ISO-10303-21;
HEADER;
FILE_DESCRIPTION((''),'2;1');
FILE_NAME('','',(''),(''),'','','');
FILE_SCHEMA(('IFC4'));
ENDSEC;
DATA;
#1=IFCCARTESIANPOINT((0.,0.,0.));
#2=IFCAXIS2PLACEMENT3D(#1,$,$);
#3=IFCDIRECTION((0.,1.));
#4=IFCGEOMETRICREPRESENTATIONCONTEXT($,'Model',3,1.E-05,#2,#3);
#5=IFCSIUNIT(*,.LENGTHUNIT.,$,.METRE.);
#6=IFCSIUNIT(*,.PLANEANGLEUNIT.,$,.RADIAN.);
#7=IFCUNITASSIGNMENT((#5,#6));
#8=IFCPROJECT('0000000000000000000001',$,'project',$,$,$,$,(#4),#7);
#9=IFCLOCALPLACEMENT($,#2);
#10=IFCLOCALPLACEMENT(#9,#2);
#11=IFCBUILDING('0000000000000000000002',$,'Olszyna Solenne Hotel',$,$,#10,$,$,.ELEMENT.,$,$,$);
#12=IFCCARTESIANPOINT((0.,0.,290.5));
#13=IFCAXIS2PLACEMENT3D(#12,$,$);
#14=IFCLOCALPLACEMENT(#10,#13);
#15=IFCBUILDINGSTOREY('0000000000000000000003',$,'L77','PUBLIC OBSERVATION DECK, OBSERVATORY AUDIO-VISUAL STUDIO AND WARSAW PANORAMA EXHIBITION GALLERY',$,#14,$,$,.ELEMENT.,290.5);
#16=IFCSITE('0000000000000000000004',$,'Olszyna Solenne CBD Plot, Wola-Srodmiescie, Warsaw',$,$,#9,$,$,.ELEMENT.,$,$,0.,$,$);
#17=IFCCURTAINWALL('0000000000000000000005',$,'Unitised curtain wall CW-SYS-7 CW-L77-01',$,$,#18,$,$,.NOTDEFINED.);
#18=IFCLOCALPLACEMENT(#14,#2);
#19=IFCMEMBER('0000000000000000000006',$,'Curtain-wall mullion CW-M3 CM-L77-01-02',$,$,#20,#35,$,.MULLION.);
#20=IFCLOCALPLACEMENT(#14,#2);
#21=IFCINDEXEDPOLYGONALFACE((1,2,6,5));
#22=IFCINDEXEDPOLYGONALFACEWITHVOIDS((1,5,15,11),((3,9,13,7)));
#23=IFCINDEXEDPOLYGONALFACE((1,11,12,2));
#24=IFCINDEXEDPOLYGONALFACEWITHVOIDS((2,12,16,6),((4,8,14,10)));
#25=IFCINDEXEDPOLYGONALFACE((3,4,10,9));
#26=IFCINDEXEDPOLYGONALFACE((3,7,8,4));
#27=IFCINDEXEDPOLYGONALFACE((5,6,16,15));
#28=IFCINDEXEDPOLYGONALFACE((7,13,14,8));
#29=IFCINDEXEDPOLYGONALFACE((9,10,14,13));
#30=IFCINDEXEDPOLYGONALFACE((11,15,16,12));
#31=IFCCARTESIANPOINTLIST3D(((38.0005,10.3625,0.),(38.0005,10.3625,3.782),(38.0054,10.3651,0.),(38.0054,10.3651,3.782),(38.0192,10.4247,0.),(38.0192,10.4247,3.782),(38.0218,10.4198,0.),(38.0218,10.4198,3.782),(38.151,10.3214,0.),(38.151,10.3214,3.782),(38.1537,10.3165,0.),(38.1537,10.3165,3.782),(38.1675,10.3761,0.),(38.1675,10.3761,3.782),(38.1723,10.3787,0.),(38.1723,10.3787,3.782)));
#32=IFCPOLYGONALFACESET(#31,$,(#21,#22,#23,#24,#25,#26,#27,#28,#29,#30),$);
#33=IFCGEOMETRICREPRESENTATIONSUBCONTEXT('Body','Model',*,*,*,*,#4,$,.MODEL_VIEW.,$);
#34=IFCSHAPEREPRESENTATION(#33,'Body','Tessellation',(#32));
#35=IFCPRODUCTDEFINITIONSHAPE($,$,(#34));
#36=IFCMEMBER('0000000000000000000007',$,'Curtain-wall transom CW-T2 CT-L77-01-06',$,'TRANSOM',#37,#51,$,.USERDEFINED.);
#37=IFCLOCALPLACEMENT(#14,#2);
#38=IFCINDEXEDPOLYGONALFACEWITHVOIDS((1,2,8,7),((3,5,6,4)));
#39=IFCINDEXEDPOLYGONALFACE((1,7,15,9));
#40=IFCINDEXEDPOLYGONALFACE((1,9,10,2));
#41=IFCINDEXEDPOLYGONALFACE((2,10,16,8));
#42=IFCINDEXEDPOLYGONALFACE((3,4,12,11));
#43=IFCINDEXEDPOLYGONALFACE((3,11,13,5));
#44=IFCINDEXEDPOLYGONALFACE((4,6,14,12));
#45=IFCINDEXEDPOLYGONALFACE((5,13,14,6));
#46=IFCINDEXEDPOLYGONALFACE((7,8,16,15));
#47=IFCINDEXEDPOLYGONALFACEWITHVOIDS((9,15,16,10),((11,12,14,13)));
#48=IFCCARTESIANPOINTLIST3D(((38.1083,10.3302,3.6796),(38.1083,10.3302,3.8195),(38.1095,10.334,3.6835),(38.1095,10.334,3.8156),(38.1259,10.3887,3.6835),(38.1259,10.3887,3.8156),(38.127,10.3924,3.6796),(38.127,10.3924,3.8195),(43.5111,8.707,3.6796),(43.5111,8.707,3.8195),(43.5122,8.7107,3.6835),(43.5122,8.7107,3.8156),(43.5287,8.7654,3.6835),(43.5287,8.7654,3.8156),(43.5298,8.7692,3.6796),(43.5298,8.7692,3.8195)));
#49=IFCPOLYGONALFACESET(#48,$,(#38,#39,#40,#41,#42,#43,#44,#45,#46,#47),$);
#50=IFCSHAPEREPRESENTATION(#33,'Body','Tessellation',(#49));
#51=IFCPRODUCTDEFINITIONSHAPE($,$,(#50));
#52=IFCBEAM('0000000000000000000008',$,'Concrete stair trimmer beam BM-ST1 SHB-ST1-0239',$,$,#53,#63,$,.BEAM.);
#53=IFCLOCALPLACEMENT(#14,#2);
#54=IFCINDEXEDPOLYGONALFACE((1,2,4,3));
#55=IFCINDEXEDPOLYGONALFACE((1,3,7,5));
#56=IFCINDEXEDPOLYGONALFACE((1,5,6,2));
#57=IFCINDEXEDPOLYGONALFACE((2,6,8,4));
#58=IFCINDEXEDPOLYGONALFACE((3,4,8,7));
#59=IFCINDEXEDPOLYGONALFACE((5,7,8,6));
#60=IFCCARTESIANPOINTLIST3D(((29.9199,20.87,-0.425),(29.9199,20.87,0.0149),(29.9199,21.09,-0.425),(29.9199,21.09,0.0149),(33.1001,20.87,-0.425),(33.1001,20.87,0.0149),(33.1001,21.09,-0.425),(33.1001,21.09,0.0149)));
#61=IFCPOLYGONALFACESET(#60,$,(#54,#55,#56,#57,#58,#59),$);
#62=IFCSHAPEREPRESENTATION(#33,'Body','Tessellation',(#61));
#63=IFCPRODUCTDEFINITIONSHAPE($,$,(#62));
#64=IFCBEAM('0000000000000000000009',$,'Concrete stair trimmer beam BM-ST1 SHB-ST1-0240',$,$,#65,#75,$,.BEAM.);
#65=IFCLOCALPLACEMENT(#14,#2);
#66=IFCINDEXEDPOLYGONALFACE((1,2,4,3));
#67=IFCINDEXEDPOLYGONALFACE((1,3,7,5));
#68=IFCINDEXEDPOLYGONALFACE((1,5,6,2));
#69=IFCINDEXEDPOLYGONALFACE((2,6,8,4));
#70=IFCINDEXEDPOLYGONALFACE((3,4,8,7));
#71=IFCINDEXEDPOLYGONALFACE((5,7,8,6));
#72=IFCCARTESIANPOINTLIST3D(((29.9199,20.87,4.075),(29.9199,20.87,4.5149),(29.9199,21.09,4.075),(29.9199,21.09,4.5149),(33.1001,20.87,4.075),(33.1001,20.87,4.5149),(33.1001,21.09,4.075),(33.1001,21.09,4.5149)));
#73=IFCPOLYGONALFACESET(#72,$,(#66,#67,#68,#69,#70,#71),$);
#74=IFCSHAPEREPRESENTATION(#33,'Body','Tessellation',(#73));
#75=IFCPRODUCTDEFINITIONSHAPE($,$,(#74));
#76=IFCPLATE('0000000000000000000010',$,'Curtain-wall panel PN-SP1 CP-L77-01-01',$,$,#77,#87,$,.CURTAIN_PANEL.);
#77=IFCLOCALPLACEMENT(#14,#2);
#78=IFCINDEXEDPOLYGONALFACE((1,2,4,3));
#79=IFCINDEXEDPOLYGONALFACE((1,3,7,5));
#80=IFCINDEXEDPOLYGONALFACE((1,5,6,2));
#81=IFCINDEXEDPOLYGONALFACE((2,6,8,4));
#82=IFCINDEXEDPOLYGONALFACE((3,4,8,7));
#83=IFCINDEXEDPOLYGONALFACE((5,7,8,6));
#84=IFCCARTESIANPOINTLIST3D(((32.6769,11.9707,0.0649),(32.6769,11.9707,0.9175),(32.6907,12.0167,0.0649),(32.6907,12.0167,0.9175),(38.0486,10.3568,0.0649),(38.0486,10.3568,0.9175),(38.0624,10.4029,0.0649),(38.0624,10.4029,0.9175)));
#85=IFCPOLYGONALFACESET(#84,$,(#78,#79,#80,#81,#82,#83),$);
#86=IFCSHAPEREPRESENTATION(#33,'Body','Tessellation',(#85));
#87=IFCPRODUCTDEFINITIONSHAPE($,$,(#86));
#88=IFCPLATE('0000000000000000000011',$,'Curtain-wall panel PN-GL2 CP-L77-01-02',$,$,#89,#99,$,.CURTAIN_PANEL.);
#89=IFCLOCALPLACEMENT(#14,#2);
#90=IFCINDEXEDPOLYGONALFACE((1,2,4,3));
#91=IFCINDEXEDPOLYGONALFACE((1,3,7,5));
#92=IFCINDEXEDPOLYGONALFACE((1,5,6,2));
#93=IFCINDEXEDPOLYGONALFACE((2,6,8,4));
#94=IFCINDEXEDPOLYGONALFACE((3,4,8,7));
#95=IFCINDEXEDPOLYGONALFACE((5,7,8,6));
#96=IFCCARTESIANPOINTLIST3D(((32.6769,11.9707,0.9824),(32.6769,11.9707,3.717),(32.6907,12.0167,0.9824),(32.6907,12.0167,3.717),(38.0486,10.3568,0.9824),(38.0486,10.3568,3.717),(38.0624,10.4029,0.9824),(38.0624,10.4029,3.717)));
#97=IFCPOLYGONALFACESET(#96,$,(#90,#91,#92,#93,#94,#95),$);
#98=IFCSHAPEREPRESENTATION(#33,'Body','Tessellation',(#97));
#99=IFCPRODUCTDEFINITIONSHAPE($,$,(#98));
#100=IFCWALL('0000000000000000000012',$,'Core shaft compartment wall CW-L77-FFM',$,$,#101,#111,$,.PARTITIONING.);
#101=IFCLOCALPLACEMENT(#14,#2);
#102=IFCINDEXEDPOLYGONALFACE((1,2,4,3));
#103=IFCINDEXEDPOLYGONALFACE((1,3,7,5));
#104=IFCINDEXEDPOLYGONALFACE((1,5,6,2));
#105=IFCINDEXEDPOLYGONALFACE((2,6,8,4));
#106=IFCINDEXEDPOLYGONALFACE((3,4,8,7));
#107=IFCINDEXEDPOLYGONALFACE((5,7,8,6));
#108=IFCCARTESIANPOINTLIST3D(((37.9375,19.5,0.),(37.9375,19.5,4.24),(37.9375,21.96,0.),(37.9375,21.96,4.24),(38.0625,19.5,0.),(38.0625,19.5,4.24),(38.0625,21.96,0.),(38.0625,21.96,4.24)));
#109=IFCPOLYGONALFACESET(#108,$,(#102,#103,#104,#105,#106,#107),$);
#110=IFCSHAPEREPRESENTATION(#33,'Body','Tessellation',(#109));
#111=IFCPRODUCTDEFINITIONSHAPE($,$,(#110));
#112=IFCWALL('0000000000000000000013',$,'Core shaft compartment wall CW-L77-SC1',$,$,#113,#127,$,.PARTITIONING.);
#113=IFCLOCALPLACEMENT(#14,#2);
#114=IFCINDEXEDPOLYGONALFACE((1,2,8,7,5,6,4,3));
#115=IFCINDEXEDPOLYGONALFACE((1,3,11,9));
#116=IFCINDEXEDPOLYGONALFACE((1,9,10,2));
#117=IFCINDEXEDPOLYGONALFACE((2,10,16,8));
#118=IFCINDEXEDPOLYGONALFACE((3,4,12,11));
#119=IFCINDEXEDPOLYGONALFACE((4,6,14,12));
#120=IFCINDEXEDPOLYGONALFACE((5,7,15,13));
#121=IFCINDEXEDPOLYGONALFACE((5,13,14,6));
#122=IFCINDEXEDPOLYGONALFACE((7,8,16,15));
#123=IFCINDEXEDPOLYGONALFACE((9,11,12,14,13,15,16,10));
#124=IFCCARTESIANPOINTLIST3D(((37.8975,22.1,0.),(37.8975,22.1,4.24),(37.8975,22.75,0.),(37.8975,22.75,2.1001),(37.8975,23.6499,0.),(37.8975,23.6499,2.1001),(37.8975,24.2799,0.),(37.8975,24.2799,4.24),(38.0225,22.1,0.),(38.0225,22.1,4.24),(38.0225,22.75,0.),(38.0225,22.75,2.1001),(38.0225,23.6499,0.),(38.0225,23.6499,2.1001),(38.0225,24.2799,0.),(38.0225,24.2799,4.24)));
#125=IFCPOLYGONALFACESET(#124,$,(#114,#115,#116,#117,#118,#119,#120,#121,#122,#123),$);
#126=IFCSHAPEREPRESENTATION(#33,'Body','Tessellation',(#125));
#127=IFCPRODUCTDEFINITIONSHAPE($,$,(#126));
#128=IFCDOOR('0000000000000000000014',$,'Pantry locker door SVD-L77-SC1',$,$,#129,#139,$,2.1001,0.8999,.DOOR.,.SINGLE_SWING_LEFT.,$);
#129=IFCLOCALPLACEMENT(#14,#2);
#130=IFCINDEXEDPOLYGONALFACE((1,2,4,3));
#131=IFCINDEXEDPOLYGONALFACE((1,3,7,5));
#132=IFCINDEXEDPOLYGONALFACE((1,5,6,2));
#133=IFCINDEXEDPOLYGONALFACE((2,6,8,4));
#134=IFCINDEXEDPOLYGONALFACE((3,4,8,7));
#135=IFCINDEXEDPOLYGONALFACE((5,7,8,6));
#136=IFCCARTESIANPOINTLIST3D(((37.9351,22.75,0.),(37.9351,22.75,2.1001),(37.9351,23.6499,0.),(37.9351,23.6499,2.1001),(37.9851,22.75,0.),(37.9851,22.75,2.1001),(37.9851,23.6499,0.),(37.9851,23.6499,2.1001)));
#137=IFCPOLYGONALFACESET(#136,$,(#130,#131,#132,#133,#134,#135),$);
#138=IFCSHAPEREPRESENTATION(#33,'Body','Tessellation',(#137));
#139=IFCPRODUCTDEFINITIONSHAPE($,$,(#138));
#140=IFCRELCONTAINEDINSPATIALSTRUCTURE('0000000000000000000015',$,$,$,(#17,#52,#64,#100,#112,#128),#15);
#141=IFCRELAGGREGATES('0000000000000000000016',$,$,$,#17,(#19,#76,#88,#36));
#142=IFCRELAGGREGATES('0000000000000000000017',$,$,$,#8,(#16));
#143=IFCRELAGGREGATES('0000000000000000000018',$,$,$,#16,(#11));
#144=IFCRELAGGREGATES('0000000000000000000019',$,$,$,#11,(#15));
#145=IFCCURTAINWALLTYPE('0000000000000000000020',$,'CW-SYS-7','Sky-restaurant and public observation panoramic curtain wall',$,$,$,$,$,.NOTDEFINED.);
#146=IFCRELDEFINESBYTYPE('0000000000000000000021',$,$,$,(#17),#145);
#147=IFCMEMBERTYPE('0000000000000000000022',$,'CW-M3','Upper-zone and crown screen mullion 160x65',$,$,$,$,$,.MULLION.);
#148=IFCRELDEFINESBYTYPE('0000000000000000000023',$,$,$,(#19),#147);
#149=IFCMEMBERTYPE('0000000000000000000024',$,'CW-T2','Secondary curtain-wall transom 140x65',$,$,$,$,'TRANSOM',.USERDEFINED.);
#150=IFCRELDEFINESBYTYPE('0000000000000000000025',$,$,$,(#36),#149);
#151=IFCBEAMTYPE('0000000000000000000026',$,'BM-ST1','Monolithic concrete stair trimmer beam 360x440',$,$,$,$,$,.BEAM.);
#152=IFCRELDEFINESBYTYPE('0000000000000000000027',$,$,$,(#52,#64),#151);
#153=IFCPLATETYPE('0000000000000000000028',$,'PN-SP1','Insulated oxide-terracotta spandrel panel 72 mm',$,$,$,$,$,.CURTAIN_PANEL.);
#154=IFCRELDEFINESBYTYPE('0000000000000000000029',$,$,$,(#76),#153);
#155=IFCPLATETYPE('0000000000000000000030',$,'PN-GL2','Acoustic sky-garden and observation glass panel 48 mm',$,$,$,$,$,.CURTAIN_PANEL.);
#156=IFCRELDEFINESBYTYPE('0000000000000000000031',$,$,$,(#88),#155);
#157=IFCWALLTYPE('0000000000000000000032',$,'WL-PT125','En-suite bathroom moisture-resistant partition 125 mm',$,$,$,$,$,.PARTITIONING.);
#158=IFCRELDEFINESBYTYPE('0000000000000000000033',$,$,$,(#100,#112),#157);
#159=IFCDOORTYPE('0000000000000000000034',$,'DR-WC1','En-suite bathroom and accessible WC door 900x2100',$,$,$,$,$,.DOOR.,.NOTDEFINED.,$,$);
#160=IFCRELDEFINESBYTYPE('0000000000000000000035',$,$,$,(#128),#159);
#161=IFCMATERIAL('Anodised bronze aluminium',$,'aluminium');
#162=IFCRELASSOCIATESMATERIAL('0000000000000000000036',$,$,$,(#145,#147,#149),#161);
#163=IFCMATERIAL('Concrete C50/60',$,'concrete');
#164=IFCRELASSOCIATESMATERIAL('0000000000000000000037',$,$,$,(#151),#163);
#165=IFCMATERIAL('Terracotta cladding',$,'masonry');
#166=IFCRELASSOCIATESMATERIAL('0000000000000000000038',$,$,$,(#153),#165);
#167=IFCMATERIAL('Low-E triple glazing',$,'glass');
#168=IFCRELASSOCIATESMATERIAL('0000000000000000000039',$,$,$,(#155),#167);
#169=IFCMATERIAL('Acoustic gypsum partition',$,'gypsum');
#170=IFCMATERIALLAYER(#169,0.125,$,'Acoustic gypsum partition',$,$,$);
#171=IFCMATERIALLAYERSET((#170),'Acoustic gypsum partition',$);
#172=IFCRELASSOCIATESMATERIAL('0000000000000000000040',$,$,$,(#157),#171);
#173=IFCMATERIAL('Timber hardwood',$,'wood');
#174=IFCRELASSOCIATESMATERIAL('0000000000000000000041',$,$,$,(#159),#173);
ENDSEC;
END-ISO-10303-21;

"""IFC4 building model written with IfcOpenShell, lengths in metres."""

from ifc_helpers import new_model, si_unit, direction, frame, frame_2d, origin, origin_2d, place, context, subcontext, project, spatial, rectangle, hollow_rectangle, extrude, source, transform, mapped, material, layer, layer_set, material_profile, profile_set, type_object, type_shapes, element, fill, aggregate, save


model = new_model("IFC4")

# Units and contexts
model_context = context("Model", 3, precision=1e-05, world=origin(), true_north=direction((0.0, 1.0)))
body_context = subcontext(model_context, "Body", "Model", "MODEL_VIEW")
ifc_project = project(units=[si_unit("LENGTHUNIT", "METRE"), si_unit("PLANEANGLEUNIT", "RADIAN")], contexts=[model_context])

# Site, building, storey
site_placement = place(None, origin())
site = spatial("IfcSite", under=ifc_project, at=site_placement, Name="Olszyna Solenne CBD Plot, Wola-Srodmiescie, Warsaw", CompositionType="ELEMENT", RefElevation=0.0)
building_placement = place(site_placement, origin())
building = spatial("IfcBuilding", under=site, at=building_placement, Name="Olszyna Solenne Hotel", CompositionType="ELEMENT")
storey_placement = place(building_placement, frame((0.0, 0.0, 290.5)))
storey = spatial("IfcBuildingStorey", under=building, at=storey_placement, Name="L77", Description="PUBLIC OBSERVATION DECK, OBSERVATORY AUDIO-VISUAL STUDIO AND WARSAW PANORAMA EXHIBITION GALLERY", CompositionType="ELEMENT", Elevation=290.5)

# Curtain wall, members
ifc_material_1 = material(Name="Anodised bronze aluminium", Category="aluminium")
curtain_wall_type = type_object("IfcCurtainWallType", Name="CW-SYS-7", Description="Sky-restaurant and public observation panoramic curtain wall", PredefinedType="NOTDEFINED", material=ifc_material_1)
curtain_wall_placement = place(storey_placement, origin())
curtain_wall = element("IfcCurtainWall", 1, at=curtain_wall_placement, inside=storey, type_object=curtain_wall_type, Name="Unitised curtain wall CW-SYS-7 CW-L77-01", PredefinedType="NOTDEFINED")
ifc_material_profile_1 = material_profile(ifc_material_1, hollow_rectangle(XDim=0.0649, YDim=0.1599, WallThickness=0.0039, at=origin_2d()), Name="MULL 160x65x4", Category="load-bearing")
ifc_profile_set_1 = profile_set([ifc_material_profile_1], Name="Anodised bronze aluminium")
member_type_1 = type_object("IfcMemberType", Name="CW-M3", Description="Upper-zone and crown screen mullion 160x65", PredefinedType="MULLION", material=ifc_profile_set_1)
shared_shape_1 = source(origin(), body_context, "Body", "SweptSolid", [
    extrude(hollow_rectangle(XDim=0.0649, YDim=0.1599, WallThickness=0.0039, at=origin_2d()), origin(), (0.0, 0.0, 1.0), 3.782),
])
member_1_placement = place(storey_placement, frame((38.0864, 10.3706, 0.0), z_axis=(0.0, 0.0, 1.0), x_axis=(0.287727, 0.957712, 0.0)))
member_1 = element("IfcMember", 2, at=member_1_placement, type_object=member_type_1, Name="Curtain-wall mullion CW-M3 CM-L77-01-02", PredefinedType="MULLION", context=body_context, shape_type="MappedRepresentation", body=[
    mapped(shared_shape_1, transform((0.0, 0.0, 0.0), x_axis=(1.0, 0.0, 0.0), y_axis=(0.0, 1.0, 0.0), z_axis=(0.0, 0.0, 1.0), scale=1.0)),
])
ifc_material_profile_2 = material_profile(ifc_material_1, hollow_rectangle(XDim=0.0649, YDim=0.1399, WallThickness=0.0039, at=origin_2d()), Name="TRAN 140x65x4", Category="load-bearing")
ifc_profile_set_2 = profile_set([ifc_material_profile_2], Name="Anodised bronze aluminium")
member_type_2 = type_object("IfcMemberType", Name="CW-T2", Description="Secondary curtain-wall transom 140x65", ElementType="TRANSOM", PredefinedType="USERDEFINED", material=ifc_profile_set_2)
shared_shape_2 = source(origin(), body_context, "Body", "SweptSolid", [
    extrude(hollow_rectangle(XDim=0.0649, YDim=0.1399, WallThickness=0.0039, at=origin_2d()), origin(), (0.0, 0.0, 1.0), 5.6414),
])
member_2_placement = place(storey_placement, frame((38.1177, 10.3613, 3.7495), z_axis=(0.957707, -0.287745, 0.0), x_axis=(0.287745, 0.957707, 0.0)))
member_2 = element("IfcMember", 3, at=member_2_placement, type_object=member_type_2, Name="Curtain-wall transom CW-T2 CT-L77-01-06", ObjectType="TRANSOM", PredefinedType="USERDEFINED", context=body_context, shape_type="MappedRepresentation", body=[
    mapped(shared_shape_2, transform((0.0, 0.0, 0.0), x_axis=(1.0, 0.0, 0.0), y_axis=(0.0, 1.0, 0.0), z_axis=(0.0, 0.0, 1.0), scale=1.0)),
])

# Beams
ifc_material_2 = material(Name="Concrete C50/60", Category="concrete")
ifc_material_profile_3 = material_profile(ifc_material_2, rectangle(XDim=0.22, YDim=0.4399, at=origin_2d()), Name="RC 220x440", Category="load-bearing")
ifc_profile_set_3 = profile_set([ifc_material_profile_3], Name="Concrete C50/60")
beam_type = type_object("IfcBeamType", Name="BM-ST1", Description="Monolithic concrete stair trimmer beam 360x440", PredefinedType="BEAM", material=ifc_profile_set_3)
shared_shape_3 = source(origin(), body_context, "Body", "SweptSolid", [
    extrude(rectangle(XDim=0.22, YDim=0.4399, at=origin_2d()), origin(), (0.0, 0.0, 1.0), 3.1802),
])
for number, where, z_axis, x_axis, name in (
    (4, (33.1001, 20.98, -0.2051), (-1.0, 0.0, 0.0), (0.0, -1.0, 0.0), "Concrete stair trimmer beam BM-ST1 SHB-ST1-0239"),
    (5, (33.1001, 20.98, 4.2949), (-1.0, 0.0, 0.0), (0.0, -1.0, 0.0), "Concrete stair trimmer beam BM-ST1 SHB-ST1-0240"),
):
    element("IfcBeam", number, at=place(storey_placement, frame(where, z_axis=z_axis, x_axis=x_axis)), inside=storey, type_object=beam_type, Name=name, PredefinedType="BEAM", context=body_context, shape_type="MappedRepresentation", body=[
        mapped(shared_shape_3, transform((0.0, 0.0, 0.0), x_axis=(1.0, 0.0, 0.0), y_axis=(0.0, 1.0, 0.0), z_axis=(0.0, 0.0, 1.0), scale=1.0)),
    ])

# Plates
ifc_material_3 = material(Name="Terracotta cladding", Category="masonry")
plate_type_1 = type_object("IfcPlateType", Name="PN-SP1", Description="Insulated oxide-terracotta spandrel panel 72 mm", PredefinedType="CURTAIN_PANEL", material=ifc_material_3)
shared_shape_4 = source(origin(), body_context, "Body", "SweptSolid", [
    extrude(rectangle(XDim=5.6089, YDim=0.0481, at=origin_2d()), origin(), (0.0, 0.0, 1.0), 0.8525),
])
plate_1_placement = place(storey_placement, frame((35.3696, 11.1868, 0.0649), z_axis=(0.0, 0.0, 1.0), x_axis=(0.957712, -0.287727, 0.0)))
plate_1 = element("IfcPlate", 6, at=plate_1_placement, type_object=plate_type_1, Name="Curtain-wall panel PN-SP1 CP-L77-01-01", PredefinedType="CURTAIN_PANEL", context=body_context, shape_type="MappedRepresentation", body=[
    mapped(shared_shape_4, transform((0.0, 0.0, 0.0), x_axis=(1.0, 0.0, 0.0), y_axis=(0.0, 1.0, 0.0), z_axis=(0.0, 0.0, 1.0), scale=1.0)),
])
ifc_material_4 = material(Name="Low-E triple glazing", Category="glass")
plate_type_2 = type_object("IfcPlateType", Name="PN-GL2", Description="Acoustic sky-garden and observation glass panel 48 mm", PredefinedType="CURTAIN_PANEL", material=ifc_material_4)
shared_shape_5 = source(origin(), body_context, "Body", "SweptSolid", [
    extrude(rectangle(XDim=5.6089, YDim=0.0481, at=origin_2d()), origin(), (0.0, 0.0, 1.0), 2.7346),
])
plate_2_placement = place(storey_placement, frame((35.3696, 11.1868, 0.9824), z_axis=(0.0, 0.0, 1.0), x_axis=(0.957712, -0.287727, 0.0)))
plate_2 = element("IfcPlate", 7, at=plate_2_placement, type_object=plate_type_2, Name="Curtain-wall panel PN-GL2 CP-L77-01-02", PredefinedType="CURTAIN_PANEL", context=body_context, shape_type="MappedRepresentation", body=[
    mapped(shared_shape_5, transform((0.0, 0.0, 0.0), x_axis=(1.0, 0.0, 0.0), y_axis=(0.0, 1.0, 0.0), z_axis=(0.0, 0.0, 1.0), scale=1.0)),
])
aggregate(curtain_wall, [member_1, plate_1, plate_2, member_2])

# Wall
ifc_material_5 = material(Name="Acoustic gypsum partition", Category="gypsum")
ifc_layer_1 = layer(ifc_material_5, 0.125, Name="Acoustic gypsum partition")
ifc_layer_set_1 = layer_set([ifc_layer_1], Name="Acoustic gypsum partition")
wall_type_1 = type_object("IfcWallType", Name="WL-PT125", Description="En-suite bathroom moisture-resistant partition 125 mm", PredefinedType="PARTITIONING", material=ifc_layer_set_1)
wall_1_placement = place(storey_placement, frame((38.0, 19.5, 0.0), z_axis=(0.0, 0.0, 1.0), x_axis=(0.0, 1.0, 0.0)))
element("IfcWall", 8, at=wall_1_placement, inside=storey, type_object=wall_type_1, Name="Core shaft compartment wall CW-L77-FFM", PredefinedType="PARTITIONING", context=body_context, shape_type="SweptSolid", body=[
    extrude(rectangle(XDim=2.46, YDim=0.125, at=frame_2d((1.23, 0.0))), origin(), (0.0, 0.0, 1.0), 4.24),
])

# Wall, opening, door
wall_2_placement = place(storey_placement, frame((37.96, 22.1001, 0.0), z_axis=(0.0, 0.0, 1.0), x_axis=(0.0, 1.0, 0.0)))
wall_2 = element("IfcWall", 9, at=wall_2_placement, inside=storey, type_object=wall_type_1, Name="Core shaft compartment wall CW-L77-SC1", PredefinedType="PARTITIONING", context=body_context, shape_type="SweptSolid", body=[
    extrude(rectangle(XDim=2.1799, YDim=0.125, at=frame_2d((1.0898, 0.0))), origin(), (0.0, 0.0, 1.0), 4.24),
])
opening_1_placement = place(wall_2_placement, frame((0.6499, 0.0, 0.0)))
opening_1 = element("IfcOpeningElement", 10, at=opening_1_placement, cuts=wall_2, PredefinedType="OPENING", context=body_context, shape_type="SweptSolid", body=[
    extrude(rectangle(XDim=0.8999, YDim=2.1001, at=frame_2d((0.45, 1.05))), frame((0.0, 0.0725, 0.0), z_axis=(0.0, -1.0, 0.0), x_axis=(1.0, 0.0, 0.0)), (0.0, 0.0, 1.0), 0.145),
])
ifc_material_6 = material(Name="Timber hardwood", Category="wood")
door_type_1 = type_object("IfcDoorType", Name="DR-WC1", Description="En-suite bathroom and accessible WC door 900x2100", OperationType="NOTDEFINED", PredefinedType="DOOR", material=ifc_material_6)
shared_shape_6 = source(origin(), body_context, "Body", "SweptSolid", [
    extrude(rectangle(XDim=0.8999, YDim=2.1001, at=frame_2d((0.45, 1.05))), frame((0.0, 0.0249, 0.0), z_axis=(0.0, -1.0, 0.0), x_axis=(1.0, 0.0, 0.0)), (0.0, 0.0, 1.0), 0.05),
])
type_shapes(door_type_1, [shared_shape_6])
door_1_placement = place(opening_1_placement, origin())
door_1 = element("IfcDoor", 11, at=door_1_placement, inside=storey, type_object=door_type_1, Name="Pantry locker door SVD-L77-SC1", OperationType="SINGLE_SWING_LEFT", OverallHeight=2.1001, OverallWidth=0.8999, PredefinedType="DOOR", context=body_context, shape_type="MappedRepresentation", body=[
    mapped(shared_shape_6, transform((0.0, 0.0, 0.0), x_axis=(1.0, 0.0, 0.0), y_axis=(0.0, 1.0, 0.0), z_axis=(0.0, 0.0, 1.0), scale=1.0)),
])
fill(opening_1, door_1)

save(model, "model.ifc")
